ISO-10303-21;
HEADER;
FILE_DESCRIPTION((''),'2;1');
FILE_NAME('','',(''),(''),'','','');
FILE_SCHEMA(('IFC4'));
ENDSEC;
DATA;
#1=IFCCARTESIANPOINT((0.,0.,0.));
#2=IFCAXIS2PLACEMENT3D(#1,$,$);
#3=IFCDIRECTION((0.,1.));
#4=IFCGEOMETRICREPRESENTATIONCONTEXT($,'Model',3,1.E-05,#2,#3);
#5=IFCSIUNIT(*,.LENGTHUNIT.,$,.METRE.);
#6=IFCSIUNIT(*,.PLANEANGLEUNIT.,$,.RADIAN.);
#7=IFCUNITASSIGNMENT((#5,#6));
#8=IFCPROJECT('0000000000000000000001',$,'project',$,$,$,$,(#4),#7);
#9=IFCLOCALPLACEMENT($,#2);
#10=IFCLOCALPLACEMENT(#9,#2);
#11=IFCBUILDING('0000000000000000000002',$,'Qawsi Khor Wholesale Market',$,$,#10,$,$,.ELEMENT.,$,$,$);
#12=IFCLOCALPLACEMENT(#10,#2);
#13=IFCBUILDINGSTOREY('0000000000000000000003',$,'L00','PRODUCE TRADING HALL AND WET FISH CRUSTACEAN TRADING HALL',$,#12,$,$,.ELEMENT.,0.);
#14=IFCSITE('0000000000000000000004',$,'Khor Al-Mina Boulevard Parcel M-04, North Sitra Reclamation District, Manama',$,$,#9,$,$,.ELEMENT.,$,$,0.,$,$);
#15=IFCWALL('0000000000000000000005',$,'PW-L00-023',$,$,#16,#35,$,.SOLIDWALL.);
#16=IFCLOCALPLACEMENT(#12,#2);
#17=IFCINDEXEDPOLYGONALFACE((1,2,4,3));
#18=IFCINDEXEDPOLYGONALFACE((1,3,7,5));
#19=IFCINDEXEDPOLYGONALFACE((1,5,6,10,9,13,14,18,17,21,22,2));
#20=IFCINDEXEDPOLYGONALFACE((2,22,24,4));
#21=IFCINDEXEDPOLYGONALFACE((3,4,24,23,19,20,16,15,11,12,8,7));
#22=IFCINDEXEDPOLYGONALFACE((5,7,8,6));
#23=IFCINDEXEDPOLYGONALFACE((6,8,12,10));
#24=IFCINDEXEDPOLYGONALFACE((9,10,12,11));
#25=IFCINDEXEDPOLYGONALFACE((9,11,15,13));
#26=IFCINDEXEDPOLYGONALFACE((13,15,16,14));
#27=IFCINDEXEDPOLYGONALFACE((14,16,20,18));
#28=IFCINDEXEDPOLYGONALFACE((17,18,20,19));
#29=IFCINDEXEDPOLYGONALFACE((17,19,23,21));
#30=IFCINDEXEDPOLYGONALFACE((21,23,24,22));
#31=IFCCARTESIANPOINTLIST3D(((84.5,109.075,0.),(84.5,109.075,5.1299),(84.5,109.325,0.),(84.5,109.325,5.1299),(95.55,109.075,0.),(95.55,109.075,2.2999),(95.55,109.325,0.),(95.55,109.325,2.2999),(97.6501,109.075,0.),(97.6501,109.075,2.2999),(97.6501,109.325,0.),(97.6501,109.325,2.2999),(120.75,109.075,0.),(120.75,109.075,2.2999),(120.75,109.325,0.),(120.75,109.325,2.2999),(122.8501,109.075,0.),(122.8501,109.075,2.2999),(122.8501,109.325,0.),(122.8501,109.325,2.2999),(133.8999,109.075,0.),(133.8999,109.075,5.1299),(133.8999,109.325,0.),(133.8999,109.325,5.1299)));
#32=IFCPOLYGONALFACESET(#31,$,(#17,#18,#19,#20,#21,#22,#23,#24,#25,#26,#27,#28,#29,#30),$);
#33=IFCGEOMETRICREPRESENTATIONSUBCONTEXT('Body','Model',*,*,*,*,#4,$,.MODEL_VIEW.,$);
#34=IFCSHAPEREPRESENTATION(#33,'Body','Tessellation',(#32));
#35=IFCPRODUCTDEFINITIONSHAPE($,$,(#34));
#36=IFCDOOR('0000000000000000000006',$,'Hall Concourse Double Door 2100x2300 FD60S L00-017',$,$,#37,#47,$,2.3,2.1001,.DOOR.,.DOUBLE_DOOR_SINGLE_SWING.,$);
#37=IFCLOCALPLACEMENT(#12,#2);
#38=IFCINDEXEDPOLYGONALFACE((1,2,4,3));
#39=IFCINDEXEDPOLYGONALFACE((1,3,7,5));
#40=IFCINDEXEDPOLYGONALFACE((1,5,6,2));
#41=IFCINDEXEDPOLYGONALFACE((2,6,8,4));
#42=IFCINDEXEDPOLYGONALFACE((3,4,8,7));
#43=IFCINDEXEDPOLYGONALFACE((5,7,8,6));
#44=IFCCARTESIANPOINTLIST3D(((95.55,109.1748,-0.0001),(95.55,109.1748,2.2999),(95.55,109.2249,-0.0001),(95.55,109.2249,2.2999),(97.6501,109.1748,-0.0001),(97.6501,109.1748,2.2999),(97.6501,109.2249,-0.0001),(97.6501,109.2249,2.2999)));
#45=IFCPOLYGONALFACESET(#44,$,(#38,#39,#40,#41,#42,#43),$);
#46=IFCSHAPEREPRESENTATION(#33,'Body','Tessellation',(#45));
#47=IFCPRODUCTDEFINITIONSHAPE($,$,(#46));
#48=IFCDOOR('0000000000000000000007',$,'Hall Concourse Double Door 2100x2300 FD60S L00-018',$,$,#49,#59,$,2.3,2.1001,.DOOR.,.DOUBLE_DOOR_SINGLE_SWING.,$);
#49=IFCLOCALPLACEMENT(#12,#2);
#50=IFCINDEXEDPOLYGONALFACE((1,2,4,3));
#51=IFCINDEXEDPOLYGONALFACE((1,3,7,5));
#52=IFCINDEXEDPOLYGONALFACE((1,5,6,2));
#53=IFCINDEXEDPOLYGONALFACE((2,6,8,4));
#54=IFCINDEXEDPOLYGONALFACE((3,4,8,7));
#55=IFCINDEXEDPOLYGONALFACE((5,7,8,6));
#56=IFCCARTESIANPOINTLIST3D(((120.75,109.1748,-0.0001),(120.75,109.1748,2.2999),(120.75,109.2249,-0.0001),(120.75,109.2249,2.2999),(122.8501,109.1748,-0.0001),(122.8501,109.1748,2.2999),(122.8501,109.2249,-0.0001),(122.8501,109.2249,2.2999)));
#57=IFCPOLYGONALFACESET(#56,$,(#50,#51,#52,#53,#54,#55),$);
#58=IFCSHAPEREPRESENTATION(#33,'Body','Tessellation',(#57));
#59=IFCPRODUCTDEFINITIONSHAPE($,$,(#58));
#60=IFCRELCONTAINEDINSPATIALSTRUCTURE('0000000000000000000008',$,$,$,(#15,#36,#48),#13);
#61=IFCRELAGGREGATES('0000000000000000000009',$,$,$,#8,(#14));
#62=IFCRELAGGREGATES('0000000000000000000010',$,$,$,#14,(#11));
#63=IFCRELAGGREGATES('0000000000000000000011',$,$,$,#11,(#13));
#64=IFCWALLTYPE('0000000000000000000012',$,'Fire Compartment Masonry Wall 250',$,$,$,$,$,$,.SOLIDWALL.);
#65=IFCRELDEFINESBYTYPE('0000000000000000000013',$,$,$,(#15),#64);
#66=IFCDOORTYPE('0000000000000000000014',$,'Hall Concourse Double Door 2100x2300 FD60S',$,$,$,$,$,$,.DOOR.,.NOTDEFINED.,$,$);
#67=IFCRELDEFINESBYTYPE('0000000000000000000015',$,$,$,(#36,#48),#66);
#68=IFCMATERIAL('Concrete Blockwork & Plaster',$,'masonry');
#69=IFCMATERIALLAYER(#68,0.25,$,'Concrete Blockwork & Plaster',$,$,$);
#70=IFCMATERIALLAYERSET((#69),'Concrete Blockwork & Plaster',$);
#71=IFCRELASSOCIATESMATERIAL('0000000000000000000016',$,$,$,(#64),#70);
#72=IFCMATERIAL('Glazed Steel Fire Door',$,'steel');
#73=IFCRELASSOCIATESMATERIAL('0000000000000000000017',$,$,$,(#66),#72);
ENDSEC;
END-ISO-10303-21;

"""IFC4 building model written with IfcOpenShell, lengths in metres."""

from ifc_helpers import new_model, si_unit, direction, frame, frame_2d, origin, place, context, subcontext, project, spatial, rectangle, extrude, material, layer, layer_set, type_object, element, fill, save


model = new_model("IFC4")

# Units and contexts
model_context = context("Model", 3, precision=1e-05, world=origin(), true_north=direction((0.0, 1.0)))
body_context = subcontext(model_context, "Body", "Model", "MODEL_VIEW")
ifc_project = project(units=[si_unit("LENGTHUNIT", "METRE"), si_unit("PLANEANGLEUNIT", "RADIAN")], contexts=[model_context])

# Site, building, storey
site_placement = place(None, origin())
site = spatial("IfcSite", under=ifc_project, at=site_placement, Name="Khor Al-Mina Boulevard Parcel M-04, North Sitra Reclamation District, Manama", CompositionType="ELEMENT", RefElevation=0.0)
building_placement = place(site_placement, origin())
building = spatial("IfcBuilding", under=site, at=building_placement, Name="Qawsi Khor Wholesale Market", CompositionType="ELEMENT")
storey_placement = place(building_placement, origin())
storey = spatial("IfcBuildingStorey", under=building, at=storey_placement, Name="L00", Description="PRODUCE TRADING HALL AND WET FISH CRUSTACEAN TRADING HALL", CompositionType="ELEMENT", Elevation=0.0)

# Wall, openings, doors
ifc_material_1 = material(Name="Concrete Blockwork & Plaster", Category="masonry")
ifc_layer_1 = layer(ifc_material_1, 0.25, Name="Concrete Blockwork & Plaster")
ifc_layer_set_1 = layer_set([ifc_layer_1], Name="Concrete Blockwork & Plaster")
wall_type_1 = type_object("IfcWallType", Name="Fire Compartment Masonry Wall 250", PredefinedType="SOLIDWALL", material=ifc_layer_set_1)
wall_1_placement = place(storey_placement, frame((84.5, 109.2, 0.0), z_axis=(0.0, 0.0, 1.0), x_axis=(1.0, 0.0, 0.0)))
wall_1 = element("IfcWall", 1, at=wall_1_placement, inside=storey, type_object=wall_type_1, Name="PW-L00-023", PredefinedType="SOLIDWALL", context=body_context, shape_type="SweptSolid", body=[
    extrude(rectangle(XDim=49.3999, YDim=0.25, at=frame_2d((24.7, 0.0))), origin(), (0.0, 0.0, 1.0), 5.1299),
])
opening_1_placement = place(wall_1_placement, frame((11.05, 0.0, 0.0)))
opening_1 = element("IfcOpeningElement", 2, at=opening_1_placement, cuts=wall_1, PredefinedType="OPENING", context=body_context, shape_type="SweptSolid", body=[
    extrude(rectangle(XDim=2.1001, YDim=2.3, at=frame_2d((1.05, 1.1499))), frame((0.0, 0.135, 0.0), z_axis=(0.0, -1.0, 0.0), x_axis=(1.0, 0.0, 0.0)), (0.0, 0.0, 1.0), 0.27),
])
opening_2_placement = place(wall_1_placement, frame((36.25, 0.0, 0.0)))
opening_2 = element("IfcOpeningElement", 3, at=opening_2_placement, cuts=wall_1, PredefinedType="OPENING", context=body_context, shape_type="SweptSolid", body=[
    extrude(rectangle(XDim=2.1001, YDim=2.3, at=frame_2d((1.05, 1.1499))), frame((0.0, 0.135, 0.0), z_axis=(0.0, -1.0, 0.0), x_axis=(1.0, 0.0, 0.0)), (0.0, 0.0, 1.0), 0.27),
])
ifc_material_2 = material(Name="Glazed Steel Fire Door", Category="steel")
door_type_1 = type_object("IfcDoorType", Name="Hall Concourse Double Door 2100x2300 FD60S", OperationType="NOTDEFINED", PredefinedType="DOOR", material=ifc_material_2)
door_1_placement = place(opening_1_placement, origin())
door_1 = element("IfcDoor", 4, at=door_1_placement, inside=storey, type_object=door_type_1, Name="Hall Concourse Double Door 2100x2300 FD60S L00-017", OperationType="DOUBLE_DOOR_SINGLE_SWING", OverallHeight=2.3, OverallWidth=2.1001, PredefinedType="DOOR", context=body_context, shape_type="SweptSolid", body=[
    extrude(rectangle(XDim=2.1001, YDim=2.3, at=frame_2d((1.05, 1.1499))), frame((0.0, 0.0249, 0.0), z_axis=(0.0, -1.0, 0.0), x_axis=(1.0, 0.0, 0.0)), (0.0, 0.0, 1.0), 0.05),
])
fill(opening_1, door_1)
door_2_placement = place(opening_2_placement, origin())
door_2 = element("IfcDoor", 5, at=door_2_placement, inside=storey, type_object=door_type_1, Name="Hall Concourse Double Door 2100x2300 FD60S L00-018", OperationType="DOUBLE_DOOR_SINGLE_SWING", OverallHeight=2.3, OverallWidth=2.1001, PredefinedType="DOOR", context=body_context, shape_type="SweptSolid", body=[
    extrude(rectangle(XDim=2.1001, YDim=2.3, at=frame_2d((1.05, 1.1499))), frame((0.0, 0.0249, 0.0), z_axis=(0.0, -1.0, 0.0), x_axis=(1.0, 0.0, 0.0)), (0.0, 0.0, 1.0), 0.05),
])
fill(opening_2, door_2)

save(model, "model.ifc")
